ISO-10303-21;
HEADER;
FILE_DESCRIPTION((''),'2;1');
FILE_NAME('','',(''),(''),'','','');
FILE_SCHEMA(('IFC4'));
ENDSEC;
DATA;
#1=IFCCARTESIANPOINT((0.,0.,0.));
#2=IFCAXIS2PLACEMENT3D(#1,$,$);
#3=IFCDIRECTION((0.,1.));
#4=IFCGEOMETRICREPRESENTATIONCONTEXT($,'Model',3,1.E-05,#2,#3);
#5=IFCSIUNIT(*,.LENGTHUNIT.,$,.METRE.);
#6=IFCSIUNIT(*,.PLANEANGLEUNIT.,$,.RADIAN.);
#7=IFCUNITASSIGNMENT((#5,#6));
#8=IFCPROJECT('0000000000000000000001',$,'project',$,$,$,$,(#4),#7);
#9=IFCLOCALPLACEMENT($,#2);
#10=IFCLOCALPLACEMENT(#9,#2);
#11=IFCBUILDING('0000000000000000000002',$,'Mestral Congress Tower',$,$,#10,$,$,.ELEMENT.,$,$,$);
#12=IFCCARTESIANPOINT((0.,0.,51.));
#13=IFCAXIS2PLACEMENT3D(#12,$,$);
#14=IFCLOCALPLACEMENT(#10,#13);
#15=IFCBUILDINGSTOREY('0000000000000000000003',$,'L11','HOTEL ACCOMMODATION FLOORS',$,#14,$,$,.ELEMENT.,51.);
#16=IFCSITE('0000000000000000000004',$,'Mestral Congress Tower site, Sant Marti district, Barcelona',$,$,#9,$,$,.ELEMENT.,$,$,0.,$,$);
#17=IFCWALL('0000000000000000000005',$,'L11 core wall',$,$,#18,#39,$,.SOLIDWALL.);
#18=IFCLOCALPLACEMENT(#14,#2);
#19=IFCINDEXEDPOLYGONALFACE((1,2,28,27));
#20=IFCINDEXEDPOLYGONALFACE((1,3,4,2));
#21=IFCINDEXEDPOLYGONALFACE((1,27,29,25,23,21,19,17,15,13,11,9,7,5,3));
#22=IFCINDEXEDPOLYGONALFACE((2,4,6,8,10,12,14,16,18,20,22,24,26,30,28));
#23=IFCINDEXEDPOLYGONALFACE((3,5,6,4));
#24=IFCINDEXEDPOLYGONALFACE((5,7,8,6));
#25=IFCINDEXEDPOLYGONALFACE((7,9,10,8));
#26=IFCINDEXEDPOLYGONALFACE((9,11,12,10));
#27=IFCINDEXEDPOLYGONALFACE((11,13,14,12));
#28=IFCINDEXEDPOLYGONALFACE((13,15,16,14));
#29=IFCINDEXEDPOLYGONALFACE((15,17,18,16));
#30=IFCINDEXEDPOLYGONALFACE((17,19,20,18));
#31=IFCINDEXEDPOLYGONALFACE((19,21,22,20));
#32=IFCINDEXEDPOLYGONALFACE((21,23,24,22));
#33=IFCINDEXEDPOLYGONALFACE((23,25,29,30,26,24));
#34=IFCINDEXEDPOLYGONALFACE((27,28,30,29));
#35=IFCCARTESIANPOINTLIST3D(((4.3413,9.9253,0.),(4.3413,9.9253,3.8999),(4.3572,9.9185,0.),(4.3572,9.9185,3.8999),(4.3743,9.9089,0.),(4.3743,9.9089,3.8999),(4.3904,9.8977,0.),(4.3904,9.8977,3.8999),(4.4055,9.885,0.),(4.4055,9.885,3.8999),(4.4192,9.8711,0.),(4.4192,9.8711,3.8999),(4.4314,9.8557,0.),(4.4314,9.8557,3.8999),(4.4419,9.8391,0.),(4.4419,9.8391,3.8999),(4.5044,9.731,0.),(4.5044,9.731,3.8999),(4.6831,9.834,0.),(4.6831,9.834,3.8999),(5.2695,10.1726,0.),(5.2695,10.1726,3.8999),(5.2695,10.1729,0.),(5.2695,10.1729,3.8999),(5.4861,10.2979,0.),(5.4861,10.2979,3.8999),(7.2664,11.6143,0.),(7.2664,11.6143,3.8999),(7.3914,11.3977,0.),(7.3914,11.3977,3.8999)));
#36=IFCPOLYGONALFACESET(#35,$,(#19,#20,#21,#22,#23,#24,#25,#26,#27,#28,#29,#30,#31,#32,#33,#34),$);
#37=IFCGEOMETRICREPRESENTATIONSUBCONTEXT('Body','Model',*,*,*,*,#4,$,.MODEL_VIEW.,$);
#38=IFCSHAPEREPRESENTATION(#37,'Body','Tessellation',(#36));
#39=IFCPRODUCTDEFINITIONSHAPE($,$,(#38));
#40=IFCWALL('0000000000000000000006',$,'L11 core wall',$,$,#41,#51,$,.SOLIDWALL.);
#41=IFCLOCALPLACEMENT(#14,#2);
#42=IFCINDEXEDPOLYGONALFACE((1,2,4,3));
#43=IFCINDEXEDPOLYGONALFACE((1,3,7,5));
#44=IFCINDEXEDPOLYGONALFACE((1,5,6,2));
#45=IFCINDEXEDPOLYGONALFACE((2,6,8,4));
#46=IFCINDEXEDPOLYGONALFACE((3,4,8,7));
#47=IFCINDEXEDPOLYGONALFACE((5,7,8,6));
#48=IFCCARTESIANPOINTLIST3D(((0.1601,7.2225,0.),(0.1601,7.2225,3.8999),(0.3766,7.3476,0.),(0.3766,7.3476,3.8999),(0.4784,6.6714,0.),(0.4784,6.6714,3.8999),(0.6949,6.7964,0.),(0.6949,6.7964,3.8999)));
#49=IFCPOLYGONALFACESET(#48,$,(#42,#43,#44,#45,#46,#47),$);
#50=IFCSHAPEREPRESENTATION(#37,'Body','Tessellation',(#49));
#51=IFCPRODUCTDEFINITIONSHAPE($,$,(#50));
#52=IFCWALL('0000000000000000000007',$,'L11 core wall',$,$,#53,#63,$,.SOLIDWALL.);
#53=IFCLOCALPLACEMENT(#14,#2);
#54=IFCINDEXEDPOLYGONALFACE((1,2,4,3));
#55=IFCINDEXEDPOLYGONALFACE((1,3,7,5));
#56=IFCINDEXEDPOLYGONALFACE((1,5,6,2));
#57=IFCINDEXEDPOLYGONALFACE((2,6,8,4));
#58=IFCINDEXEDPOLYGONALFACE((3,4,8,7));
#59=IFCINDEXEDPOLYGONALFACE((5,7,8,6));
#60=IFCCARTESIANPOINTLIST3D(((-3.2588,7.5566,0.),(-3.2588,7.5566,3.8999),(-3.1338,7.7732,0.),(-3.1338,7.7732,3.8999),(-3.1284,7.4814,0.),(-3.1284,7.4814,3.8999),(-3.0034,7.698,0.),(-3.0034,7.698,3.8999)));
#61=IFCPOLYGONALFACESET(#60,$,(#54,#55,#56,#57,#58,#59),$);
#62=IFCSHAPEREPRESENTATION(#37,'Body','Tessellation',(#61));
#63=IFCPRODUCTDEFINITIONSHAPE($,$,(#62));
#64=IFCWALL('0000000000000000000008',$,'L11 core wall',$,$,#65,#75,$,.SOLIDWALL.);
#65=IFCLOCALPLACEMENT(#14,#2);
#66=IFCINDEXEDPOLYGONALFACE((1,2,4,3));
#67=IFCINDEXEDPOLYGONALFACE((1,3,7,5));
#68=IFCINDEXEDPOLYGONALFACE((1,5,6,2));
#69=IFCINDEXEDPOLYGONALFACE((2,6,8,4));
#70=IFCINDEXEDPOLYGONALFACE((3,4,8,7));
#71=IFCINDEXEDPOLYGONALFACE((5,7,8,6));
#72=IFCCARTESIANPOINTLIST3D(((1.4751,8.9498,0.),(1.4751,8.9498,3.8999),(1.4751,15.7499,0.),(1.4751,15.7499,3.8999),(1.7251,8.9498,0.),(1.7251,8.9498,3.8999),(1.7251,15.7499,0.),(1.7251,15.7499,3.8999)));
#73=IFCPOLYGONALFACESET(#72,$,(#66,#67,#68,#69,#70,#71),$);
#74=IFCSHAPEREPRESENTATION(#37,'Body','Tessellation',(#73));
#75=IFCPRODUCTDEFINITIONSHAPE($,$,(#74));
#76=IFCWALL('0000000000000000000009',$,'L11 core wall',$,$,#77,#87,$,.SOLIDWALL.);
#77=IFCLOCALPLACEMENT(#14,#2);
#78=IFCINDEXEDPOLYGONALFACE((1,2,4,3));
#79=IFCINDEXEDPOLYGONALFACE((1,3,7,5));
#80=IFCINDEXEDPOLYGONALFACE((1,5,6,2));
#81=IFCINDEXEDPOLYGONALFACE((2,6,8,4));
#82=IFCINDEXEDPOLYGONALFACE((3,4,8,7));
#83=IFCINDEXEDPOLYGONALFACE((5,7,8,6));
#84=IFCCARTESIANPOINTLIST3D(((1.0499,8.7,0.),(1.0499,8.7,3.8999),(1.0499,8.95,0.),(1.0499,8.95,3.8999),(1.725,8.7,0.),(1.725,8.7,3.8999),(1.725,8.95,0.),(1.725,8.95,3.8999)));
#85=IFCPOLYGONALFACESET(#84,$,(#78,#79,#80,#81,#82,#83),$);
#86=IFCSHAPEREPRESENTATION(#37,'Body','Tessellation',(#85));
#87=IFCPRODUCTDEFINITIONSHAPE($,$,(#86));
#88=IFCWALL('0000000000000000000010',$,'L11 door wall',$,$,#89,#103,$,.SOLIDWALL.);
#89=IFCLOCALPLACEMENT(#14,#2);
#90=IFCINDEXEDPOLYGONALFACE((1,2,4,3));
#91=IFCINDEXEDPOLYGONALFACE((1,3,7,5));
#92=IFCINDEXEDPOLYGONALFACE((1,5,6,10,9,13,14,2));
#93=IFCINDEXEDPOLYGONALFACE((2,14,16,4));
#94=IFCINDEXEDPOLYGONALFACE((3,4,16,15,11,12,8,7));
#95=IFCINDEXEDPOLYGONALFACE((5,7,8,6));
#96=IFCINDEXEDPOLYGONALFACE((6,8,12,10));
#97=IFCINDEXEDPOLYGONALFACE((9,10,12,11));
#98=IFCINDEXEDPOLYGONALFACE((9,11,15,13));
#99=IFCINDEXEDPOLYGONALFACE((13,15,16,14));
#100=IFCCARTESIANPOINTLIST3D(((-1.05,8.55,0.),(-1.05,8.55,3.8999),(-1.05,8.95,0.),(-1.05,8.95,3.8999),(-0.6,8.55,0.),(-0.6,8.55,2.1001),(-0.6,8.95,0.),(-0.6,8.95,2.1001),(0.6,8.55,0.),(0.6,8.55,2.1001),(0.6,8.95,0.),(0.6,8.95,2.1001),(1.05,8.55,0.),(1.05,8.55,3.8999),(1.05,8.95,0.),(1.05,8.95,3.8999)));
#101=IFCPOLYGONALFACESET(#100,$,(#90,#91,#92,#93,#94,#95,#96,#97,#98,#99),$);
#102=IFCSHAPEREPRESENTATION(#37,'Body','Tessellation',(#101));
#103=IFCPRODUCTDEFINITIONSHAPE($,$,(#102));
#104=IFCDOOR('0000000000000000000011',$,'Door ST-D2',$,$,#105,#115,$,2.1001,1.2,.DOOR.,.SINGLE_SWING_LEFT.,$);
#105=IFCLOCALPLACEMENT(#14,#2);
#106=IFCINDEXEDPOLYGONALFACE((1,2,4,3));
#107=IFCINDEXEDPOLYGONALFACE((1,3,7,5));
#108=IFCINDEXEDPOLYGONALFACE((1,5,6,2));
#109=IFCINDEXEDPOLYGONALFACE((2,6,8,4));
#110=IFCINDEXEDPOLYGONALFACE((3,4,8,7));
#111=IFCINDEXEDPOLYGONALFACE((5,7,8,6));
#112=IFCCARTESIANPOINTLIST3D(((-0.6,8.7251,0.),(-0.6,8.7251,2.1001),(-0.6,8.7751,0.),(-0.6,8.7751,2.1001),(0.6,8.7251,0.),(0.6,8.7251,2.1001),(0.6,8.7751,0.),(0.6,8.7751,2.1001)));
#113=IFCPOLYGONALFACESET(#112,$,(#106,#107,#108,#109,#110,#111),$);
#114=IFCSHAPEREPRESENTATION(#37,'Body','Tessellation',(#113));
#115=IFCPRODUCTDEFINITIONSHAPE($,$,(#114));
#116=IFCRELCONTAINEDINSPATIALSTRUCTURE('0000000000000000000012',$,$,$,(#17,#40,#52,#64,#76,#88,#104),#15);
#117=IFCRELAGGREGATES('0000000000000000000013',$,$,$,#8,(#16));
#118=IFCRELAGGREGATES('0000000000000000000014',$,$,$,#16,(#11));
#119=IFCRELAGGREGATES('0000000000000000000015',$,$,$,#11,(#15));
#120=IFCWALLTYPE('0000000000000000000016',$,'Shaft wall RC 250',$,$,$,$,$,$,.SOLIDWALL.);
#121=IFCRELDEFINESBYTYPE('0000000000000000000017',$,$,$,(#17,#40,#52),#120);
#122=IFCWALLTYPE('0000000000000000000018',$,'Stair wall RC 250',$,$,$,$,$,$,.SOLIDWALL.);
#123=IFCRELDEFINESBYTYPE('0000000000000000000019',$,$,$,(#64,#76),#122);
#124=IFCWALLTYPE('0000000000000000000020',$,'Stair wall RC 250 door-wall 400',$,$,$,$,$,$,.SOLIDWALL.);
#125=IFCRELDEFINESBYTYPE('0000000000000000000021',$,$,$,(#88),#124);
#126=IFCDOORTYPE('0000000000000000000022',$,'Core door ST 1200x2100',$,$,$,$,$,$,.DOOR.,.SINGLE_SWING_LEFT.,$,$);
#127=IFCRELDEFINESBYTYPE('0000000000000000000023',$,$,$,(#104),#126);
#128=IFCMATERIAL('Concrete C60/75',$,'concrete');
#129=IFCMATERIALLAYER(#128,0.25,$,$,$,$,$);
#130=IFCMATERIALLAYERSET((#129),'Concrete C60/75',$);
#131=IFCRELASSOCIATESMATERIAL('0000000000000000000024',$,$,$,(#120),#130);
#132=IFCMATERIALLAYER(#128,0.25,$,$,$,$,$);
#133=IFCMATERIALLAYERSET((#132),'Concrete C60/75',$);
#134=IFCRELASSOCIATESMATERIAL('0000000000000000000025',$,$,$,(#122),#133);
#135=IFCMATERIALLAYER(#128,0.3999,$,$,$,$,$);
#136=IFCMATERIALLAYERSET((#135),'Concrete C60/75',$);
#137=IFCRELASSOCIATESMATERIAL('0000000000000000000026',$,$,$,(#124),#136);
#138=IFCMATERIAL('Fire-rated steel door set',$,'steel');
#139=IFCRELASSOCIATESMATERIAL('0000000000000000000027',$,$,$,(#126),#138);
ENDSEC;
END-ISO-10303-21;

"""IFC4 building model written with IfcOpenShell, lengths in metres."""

from ifc_helpers import new_model, si_unit, direction, frame, frame_2d, origin, place, context, subcontext, project, spatial, polyline, rectangle, outline, extrude, material, layer, layer_set, type_object, element, fill, save


model = new_model("IFC4")

# Units and contexts
model_context = context("Model", 3, precision=1e-05, world=origin(), true_north=direction((0.0, 1.0)))
body_context = subcontext(model_context, "Body", "Model", "MODEL_VIEW")
ifc_project = project(units=[si_unit("LENGTHUNIT", "METRE"), si_unit("PLANEANGLEUNIT", "RADIAN")], contexts=[model_context])

# Site, building, storey
site_placement = place(None, origin())
site = spatial("IfcSite", under=ifc_project, at=site_placement, Name="Mestral Congress Tower site, Sant Marti district, Barcelona", CompositionType="ELEMENT", RefElevation=0.0)
building_placement = place(site_placement, origin())
building = spatial("IfcBuilding", under=site, at=building_placement, Name="Mestral Congress Tower", CompositionType="ELEMENT")
storey_placement = place(building_placement, frame((0.0, 0.0, 51.0)))
storey = spatial("IfcBuildingStorey", under=building, at=storey_placement, Name="L11", Description="HOTEL ACCOMMODATION FLOORS", CompositionType="ELEMENT", Elevation=51.0)

# Shared definitions
ifc_material_1 = material(Name="Concrete C60/75", Category="concrete")

# Shared definitions
placement_1 = place(storey_placement, origin())

# Shared definitions
ifc_material_2 = material(Name="Fire-rated steel door set", Category="steel")

# Walls
ifc_layer_1 = layer(ifc_material_1, 0.25)
ifc_layer_set_1 = layer_set([ifc_layer_1], Name="Concrete C60/75")
wall_type_1 = type_object("IfcWallType", Name="Shaft wall RC 250", PredefinedType="SOLIDWALL", material=ifc_layer_set_1)
element("IfcWall", 1, at=placement_1, inside=storey, type_object=wall_type_1, Name="L11 core wall", PredefinedType="SOLIDWALL", context=body_context, shape_type="SweptSolid", body=[
    extrude(outline(polyline([(5.2695, 10.1726), (5.2695, 10.1726), (4.6831, 9.834), (4.5044, 9.731), (4.4419, 9.8391), (4.4314, 9.8557), (4.4192, 9.8711), (4.4055, 9.885), (4.3904, 9.8977), (4.3743, 9.9089), (4.3572, 9.9185), (4.3413, 9.9253), (7.2664, 11.6143), (7.3914, 11.3977), (5.4861, 10.2979), (5.4861, 10.2979), (5.2695, 10.1729), (5.2695, 10.1726)])), origin(), (0.0, 0.0, 1.0), 3.8999),
])
wall_1_placement = place(storey_placement, frame((0.2683, 7.2852, 0.0), z_axis=(0.0, 0.0, 1.0), x_axis=(0.500099, -0.865968, 0.0)))
element("IfcWall", 2, at=wall_1_placement, inside=storey, type_object=wall_type_1, Name="L11 core wall", PredefinedType="SOLIDWALL", context=body_context, shape_type="SweptSolid", body=[
    extrude(rectangle(XDim=0.6365, YDim=0.25, at=frame_2d((0.3184, 0.0))), origin(), (0.0, 0.0, 1.0), 3.8999),
])
element("IfcWall", 3, at=placement_1, inside=storey, type_object=wall_type_1, Name="L11 core wall", PredefinedType="SOLIDWALL", context=body_context, shape_type="SweptSolid", body=[
    extrude(outline(polyline([(-3.1284, 7.4814), (-3.2588, 7.5566), (-3.1338, 7.7732), (-3.0034, 7.698), (-3.1284, 7.4814)])), origin(), (0.0, 0.0, 1.0), 3.8999),
])
ifc_layer_2 = layer(ifc_material_1, 0.25)
ifc_layer_set_2 = layer_set([ifc_layer_2], Name="Concrete C60/75")
wall_type_2 = type_object("IfcWallType", Name="Stair wall RC 250", PredefinedType="SOLIDWALL", material=ifc_layer_set_2)
wall_2_placement = place(storey_placement, frame((1.6001, 8.95, 0.0), z_axis=(0.0, 0.0, 1.0), x_axis=(0.0, 1.0, 0.0)))
element("IfcWall", 4, at=wall_2_placement, inside=storey, type_object=wall_type_2, Name="L11 core wall", PredefinedType="SOLIDWALL", context=body_context, shape_type="SweptSolid", body=[
    extrude(rectangle(XDim=6.8, YDim=0.25, at=frame_2d((3.3999, 0.0))), origin(), (0.0, 0.0, 1.0), 3.8999),
])
wall_3_placement = place(storey_placement, frame((1.05, 8.825, 0.0), z_axis=(0.0, 0.0, 1.0), x_axis=(1.0, 0.0, 0.0)))
element("IfcWall", 5, at=wall_3_placement, inside=storey, type_object=wall_type_2, Name="L11 core wall", PredefinedType="SOLIDWALL", context=body_context, shape_type="SweptSolid", body=[
    extrude(rectangle(XDim=0.675, YDim=0.25, at=frame_2d((0.3374, 0.0))), origin(), (0.0, 0.0, 1.0), 3.8999),
])

# Wall, opening, door
ifc_layer_3 = layer(ifc_material_1, 0.3999)
ifc_layer_set_3 = layer_set([ifc_layer_3], Name="Concrete C60/75")
wall_type_3 = type_object("IfcWallType", Name="Stair wall RC 250 door-wall 400", PredefinedType="SOLIDWALL", material=ifc_layer_set_3)
wall_4_placement = place(storey_placement, frame((1.05, 8.75, 0.0), z_axis=(0.0, 0.0, 1.0), x_axis=(-1.0, 0.0, 0.0)))
wall_4 = element("IfcWall", 6, at=wall_4_placement, inside=storey, type_object=wall_type_3, Name="L11 door wall", PredefinedType="SOLIDWALL", context=body_context, shape_type="SweptSolid", body=[
    extrude(rectangle(XDim=2.1001, YDim=0.3999, at=frame_2d((1.05, 0.0))), origin(), (0.0, 0.0, 1.0), 3.8999),
])
opening_1_placement = place(wall_4_placement, frame((0.45, 0.0, 0.0)))
opening_1 = element("IfcOpeningElement", 7, at=opening_1_placement, cuts=wall_4, PredefinedType="OPENING", context=body_context, shape_type="SweptSolid", body=[
    extrude(rectangle(XDim=1.2, YDim=2.1001, at=frame_2d((0.6001, 1.05))), frame((0.0, 0.21, 0.0), z_axis=(0.0, -1.0, 0.0), x_axis=(1.0, 0.0, 0.0)), (0.0, 0.0, 1.0), 0.4199),
])
door_type_1 = type_object("IfcDoorType", Name="Core door ST 1200x2100", OperationType="SINGLE_SWING_LEFT", PredefinedType="DOOR", material=ifc_material_2)
door_1_placement = place(opening_1_placement, origin())
door_1 = element("IfcDoor", 8, at=door_1_placement, inside=storey, type_object=door_type_1, Name="Door ST-D2", OperationType="SINGLE_SWING_LEFT", OverallHeight=2.1001, OverallWidth=1.2, PredefinedType="DOOR", context=body_context, shape_type="SweptSolid", body=[
    extrude(rectangle(XDim=1.2, YDim=2.1001, at=frame_2d((0.6001, 1.05))), frame((0.0, 0.0249, 0.0), z_axis=(0.0, -1.0, 0.0), x_axis=(1.0, 0.0, 0.0)), (0.0, 0.0, 1.0), 0.05),
])
fill(opening_1, door_1)

save(model, "model.ifc")
